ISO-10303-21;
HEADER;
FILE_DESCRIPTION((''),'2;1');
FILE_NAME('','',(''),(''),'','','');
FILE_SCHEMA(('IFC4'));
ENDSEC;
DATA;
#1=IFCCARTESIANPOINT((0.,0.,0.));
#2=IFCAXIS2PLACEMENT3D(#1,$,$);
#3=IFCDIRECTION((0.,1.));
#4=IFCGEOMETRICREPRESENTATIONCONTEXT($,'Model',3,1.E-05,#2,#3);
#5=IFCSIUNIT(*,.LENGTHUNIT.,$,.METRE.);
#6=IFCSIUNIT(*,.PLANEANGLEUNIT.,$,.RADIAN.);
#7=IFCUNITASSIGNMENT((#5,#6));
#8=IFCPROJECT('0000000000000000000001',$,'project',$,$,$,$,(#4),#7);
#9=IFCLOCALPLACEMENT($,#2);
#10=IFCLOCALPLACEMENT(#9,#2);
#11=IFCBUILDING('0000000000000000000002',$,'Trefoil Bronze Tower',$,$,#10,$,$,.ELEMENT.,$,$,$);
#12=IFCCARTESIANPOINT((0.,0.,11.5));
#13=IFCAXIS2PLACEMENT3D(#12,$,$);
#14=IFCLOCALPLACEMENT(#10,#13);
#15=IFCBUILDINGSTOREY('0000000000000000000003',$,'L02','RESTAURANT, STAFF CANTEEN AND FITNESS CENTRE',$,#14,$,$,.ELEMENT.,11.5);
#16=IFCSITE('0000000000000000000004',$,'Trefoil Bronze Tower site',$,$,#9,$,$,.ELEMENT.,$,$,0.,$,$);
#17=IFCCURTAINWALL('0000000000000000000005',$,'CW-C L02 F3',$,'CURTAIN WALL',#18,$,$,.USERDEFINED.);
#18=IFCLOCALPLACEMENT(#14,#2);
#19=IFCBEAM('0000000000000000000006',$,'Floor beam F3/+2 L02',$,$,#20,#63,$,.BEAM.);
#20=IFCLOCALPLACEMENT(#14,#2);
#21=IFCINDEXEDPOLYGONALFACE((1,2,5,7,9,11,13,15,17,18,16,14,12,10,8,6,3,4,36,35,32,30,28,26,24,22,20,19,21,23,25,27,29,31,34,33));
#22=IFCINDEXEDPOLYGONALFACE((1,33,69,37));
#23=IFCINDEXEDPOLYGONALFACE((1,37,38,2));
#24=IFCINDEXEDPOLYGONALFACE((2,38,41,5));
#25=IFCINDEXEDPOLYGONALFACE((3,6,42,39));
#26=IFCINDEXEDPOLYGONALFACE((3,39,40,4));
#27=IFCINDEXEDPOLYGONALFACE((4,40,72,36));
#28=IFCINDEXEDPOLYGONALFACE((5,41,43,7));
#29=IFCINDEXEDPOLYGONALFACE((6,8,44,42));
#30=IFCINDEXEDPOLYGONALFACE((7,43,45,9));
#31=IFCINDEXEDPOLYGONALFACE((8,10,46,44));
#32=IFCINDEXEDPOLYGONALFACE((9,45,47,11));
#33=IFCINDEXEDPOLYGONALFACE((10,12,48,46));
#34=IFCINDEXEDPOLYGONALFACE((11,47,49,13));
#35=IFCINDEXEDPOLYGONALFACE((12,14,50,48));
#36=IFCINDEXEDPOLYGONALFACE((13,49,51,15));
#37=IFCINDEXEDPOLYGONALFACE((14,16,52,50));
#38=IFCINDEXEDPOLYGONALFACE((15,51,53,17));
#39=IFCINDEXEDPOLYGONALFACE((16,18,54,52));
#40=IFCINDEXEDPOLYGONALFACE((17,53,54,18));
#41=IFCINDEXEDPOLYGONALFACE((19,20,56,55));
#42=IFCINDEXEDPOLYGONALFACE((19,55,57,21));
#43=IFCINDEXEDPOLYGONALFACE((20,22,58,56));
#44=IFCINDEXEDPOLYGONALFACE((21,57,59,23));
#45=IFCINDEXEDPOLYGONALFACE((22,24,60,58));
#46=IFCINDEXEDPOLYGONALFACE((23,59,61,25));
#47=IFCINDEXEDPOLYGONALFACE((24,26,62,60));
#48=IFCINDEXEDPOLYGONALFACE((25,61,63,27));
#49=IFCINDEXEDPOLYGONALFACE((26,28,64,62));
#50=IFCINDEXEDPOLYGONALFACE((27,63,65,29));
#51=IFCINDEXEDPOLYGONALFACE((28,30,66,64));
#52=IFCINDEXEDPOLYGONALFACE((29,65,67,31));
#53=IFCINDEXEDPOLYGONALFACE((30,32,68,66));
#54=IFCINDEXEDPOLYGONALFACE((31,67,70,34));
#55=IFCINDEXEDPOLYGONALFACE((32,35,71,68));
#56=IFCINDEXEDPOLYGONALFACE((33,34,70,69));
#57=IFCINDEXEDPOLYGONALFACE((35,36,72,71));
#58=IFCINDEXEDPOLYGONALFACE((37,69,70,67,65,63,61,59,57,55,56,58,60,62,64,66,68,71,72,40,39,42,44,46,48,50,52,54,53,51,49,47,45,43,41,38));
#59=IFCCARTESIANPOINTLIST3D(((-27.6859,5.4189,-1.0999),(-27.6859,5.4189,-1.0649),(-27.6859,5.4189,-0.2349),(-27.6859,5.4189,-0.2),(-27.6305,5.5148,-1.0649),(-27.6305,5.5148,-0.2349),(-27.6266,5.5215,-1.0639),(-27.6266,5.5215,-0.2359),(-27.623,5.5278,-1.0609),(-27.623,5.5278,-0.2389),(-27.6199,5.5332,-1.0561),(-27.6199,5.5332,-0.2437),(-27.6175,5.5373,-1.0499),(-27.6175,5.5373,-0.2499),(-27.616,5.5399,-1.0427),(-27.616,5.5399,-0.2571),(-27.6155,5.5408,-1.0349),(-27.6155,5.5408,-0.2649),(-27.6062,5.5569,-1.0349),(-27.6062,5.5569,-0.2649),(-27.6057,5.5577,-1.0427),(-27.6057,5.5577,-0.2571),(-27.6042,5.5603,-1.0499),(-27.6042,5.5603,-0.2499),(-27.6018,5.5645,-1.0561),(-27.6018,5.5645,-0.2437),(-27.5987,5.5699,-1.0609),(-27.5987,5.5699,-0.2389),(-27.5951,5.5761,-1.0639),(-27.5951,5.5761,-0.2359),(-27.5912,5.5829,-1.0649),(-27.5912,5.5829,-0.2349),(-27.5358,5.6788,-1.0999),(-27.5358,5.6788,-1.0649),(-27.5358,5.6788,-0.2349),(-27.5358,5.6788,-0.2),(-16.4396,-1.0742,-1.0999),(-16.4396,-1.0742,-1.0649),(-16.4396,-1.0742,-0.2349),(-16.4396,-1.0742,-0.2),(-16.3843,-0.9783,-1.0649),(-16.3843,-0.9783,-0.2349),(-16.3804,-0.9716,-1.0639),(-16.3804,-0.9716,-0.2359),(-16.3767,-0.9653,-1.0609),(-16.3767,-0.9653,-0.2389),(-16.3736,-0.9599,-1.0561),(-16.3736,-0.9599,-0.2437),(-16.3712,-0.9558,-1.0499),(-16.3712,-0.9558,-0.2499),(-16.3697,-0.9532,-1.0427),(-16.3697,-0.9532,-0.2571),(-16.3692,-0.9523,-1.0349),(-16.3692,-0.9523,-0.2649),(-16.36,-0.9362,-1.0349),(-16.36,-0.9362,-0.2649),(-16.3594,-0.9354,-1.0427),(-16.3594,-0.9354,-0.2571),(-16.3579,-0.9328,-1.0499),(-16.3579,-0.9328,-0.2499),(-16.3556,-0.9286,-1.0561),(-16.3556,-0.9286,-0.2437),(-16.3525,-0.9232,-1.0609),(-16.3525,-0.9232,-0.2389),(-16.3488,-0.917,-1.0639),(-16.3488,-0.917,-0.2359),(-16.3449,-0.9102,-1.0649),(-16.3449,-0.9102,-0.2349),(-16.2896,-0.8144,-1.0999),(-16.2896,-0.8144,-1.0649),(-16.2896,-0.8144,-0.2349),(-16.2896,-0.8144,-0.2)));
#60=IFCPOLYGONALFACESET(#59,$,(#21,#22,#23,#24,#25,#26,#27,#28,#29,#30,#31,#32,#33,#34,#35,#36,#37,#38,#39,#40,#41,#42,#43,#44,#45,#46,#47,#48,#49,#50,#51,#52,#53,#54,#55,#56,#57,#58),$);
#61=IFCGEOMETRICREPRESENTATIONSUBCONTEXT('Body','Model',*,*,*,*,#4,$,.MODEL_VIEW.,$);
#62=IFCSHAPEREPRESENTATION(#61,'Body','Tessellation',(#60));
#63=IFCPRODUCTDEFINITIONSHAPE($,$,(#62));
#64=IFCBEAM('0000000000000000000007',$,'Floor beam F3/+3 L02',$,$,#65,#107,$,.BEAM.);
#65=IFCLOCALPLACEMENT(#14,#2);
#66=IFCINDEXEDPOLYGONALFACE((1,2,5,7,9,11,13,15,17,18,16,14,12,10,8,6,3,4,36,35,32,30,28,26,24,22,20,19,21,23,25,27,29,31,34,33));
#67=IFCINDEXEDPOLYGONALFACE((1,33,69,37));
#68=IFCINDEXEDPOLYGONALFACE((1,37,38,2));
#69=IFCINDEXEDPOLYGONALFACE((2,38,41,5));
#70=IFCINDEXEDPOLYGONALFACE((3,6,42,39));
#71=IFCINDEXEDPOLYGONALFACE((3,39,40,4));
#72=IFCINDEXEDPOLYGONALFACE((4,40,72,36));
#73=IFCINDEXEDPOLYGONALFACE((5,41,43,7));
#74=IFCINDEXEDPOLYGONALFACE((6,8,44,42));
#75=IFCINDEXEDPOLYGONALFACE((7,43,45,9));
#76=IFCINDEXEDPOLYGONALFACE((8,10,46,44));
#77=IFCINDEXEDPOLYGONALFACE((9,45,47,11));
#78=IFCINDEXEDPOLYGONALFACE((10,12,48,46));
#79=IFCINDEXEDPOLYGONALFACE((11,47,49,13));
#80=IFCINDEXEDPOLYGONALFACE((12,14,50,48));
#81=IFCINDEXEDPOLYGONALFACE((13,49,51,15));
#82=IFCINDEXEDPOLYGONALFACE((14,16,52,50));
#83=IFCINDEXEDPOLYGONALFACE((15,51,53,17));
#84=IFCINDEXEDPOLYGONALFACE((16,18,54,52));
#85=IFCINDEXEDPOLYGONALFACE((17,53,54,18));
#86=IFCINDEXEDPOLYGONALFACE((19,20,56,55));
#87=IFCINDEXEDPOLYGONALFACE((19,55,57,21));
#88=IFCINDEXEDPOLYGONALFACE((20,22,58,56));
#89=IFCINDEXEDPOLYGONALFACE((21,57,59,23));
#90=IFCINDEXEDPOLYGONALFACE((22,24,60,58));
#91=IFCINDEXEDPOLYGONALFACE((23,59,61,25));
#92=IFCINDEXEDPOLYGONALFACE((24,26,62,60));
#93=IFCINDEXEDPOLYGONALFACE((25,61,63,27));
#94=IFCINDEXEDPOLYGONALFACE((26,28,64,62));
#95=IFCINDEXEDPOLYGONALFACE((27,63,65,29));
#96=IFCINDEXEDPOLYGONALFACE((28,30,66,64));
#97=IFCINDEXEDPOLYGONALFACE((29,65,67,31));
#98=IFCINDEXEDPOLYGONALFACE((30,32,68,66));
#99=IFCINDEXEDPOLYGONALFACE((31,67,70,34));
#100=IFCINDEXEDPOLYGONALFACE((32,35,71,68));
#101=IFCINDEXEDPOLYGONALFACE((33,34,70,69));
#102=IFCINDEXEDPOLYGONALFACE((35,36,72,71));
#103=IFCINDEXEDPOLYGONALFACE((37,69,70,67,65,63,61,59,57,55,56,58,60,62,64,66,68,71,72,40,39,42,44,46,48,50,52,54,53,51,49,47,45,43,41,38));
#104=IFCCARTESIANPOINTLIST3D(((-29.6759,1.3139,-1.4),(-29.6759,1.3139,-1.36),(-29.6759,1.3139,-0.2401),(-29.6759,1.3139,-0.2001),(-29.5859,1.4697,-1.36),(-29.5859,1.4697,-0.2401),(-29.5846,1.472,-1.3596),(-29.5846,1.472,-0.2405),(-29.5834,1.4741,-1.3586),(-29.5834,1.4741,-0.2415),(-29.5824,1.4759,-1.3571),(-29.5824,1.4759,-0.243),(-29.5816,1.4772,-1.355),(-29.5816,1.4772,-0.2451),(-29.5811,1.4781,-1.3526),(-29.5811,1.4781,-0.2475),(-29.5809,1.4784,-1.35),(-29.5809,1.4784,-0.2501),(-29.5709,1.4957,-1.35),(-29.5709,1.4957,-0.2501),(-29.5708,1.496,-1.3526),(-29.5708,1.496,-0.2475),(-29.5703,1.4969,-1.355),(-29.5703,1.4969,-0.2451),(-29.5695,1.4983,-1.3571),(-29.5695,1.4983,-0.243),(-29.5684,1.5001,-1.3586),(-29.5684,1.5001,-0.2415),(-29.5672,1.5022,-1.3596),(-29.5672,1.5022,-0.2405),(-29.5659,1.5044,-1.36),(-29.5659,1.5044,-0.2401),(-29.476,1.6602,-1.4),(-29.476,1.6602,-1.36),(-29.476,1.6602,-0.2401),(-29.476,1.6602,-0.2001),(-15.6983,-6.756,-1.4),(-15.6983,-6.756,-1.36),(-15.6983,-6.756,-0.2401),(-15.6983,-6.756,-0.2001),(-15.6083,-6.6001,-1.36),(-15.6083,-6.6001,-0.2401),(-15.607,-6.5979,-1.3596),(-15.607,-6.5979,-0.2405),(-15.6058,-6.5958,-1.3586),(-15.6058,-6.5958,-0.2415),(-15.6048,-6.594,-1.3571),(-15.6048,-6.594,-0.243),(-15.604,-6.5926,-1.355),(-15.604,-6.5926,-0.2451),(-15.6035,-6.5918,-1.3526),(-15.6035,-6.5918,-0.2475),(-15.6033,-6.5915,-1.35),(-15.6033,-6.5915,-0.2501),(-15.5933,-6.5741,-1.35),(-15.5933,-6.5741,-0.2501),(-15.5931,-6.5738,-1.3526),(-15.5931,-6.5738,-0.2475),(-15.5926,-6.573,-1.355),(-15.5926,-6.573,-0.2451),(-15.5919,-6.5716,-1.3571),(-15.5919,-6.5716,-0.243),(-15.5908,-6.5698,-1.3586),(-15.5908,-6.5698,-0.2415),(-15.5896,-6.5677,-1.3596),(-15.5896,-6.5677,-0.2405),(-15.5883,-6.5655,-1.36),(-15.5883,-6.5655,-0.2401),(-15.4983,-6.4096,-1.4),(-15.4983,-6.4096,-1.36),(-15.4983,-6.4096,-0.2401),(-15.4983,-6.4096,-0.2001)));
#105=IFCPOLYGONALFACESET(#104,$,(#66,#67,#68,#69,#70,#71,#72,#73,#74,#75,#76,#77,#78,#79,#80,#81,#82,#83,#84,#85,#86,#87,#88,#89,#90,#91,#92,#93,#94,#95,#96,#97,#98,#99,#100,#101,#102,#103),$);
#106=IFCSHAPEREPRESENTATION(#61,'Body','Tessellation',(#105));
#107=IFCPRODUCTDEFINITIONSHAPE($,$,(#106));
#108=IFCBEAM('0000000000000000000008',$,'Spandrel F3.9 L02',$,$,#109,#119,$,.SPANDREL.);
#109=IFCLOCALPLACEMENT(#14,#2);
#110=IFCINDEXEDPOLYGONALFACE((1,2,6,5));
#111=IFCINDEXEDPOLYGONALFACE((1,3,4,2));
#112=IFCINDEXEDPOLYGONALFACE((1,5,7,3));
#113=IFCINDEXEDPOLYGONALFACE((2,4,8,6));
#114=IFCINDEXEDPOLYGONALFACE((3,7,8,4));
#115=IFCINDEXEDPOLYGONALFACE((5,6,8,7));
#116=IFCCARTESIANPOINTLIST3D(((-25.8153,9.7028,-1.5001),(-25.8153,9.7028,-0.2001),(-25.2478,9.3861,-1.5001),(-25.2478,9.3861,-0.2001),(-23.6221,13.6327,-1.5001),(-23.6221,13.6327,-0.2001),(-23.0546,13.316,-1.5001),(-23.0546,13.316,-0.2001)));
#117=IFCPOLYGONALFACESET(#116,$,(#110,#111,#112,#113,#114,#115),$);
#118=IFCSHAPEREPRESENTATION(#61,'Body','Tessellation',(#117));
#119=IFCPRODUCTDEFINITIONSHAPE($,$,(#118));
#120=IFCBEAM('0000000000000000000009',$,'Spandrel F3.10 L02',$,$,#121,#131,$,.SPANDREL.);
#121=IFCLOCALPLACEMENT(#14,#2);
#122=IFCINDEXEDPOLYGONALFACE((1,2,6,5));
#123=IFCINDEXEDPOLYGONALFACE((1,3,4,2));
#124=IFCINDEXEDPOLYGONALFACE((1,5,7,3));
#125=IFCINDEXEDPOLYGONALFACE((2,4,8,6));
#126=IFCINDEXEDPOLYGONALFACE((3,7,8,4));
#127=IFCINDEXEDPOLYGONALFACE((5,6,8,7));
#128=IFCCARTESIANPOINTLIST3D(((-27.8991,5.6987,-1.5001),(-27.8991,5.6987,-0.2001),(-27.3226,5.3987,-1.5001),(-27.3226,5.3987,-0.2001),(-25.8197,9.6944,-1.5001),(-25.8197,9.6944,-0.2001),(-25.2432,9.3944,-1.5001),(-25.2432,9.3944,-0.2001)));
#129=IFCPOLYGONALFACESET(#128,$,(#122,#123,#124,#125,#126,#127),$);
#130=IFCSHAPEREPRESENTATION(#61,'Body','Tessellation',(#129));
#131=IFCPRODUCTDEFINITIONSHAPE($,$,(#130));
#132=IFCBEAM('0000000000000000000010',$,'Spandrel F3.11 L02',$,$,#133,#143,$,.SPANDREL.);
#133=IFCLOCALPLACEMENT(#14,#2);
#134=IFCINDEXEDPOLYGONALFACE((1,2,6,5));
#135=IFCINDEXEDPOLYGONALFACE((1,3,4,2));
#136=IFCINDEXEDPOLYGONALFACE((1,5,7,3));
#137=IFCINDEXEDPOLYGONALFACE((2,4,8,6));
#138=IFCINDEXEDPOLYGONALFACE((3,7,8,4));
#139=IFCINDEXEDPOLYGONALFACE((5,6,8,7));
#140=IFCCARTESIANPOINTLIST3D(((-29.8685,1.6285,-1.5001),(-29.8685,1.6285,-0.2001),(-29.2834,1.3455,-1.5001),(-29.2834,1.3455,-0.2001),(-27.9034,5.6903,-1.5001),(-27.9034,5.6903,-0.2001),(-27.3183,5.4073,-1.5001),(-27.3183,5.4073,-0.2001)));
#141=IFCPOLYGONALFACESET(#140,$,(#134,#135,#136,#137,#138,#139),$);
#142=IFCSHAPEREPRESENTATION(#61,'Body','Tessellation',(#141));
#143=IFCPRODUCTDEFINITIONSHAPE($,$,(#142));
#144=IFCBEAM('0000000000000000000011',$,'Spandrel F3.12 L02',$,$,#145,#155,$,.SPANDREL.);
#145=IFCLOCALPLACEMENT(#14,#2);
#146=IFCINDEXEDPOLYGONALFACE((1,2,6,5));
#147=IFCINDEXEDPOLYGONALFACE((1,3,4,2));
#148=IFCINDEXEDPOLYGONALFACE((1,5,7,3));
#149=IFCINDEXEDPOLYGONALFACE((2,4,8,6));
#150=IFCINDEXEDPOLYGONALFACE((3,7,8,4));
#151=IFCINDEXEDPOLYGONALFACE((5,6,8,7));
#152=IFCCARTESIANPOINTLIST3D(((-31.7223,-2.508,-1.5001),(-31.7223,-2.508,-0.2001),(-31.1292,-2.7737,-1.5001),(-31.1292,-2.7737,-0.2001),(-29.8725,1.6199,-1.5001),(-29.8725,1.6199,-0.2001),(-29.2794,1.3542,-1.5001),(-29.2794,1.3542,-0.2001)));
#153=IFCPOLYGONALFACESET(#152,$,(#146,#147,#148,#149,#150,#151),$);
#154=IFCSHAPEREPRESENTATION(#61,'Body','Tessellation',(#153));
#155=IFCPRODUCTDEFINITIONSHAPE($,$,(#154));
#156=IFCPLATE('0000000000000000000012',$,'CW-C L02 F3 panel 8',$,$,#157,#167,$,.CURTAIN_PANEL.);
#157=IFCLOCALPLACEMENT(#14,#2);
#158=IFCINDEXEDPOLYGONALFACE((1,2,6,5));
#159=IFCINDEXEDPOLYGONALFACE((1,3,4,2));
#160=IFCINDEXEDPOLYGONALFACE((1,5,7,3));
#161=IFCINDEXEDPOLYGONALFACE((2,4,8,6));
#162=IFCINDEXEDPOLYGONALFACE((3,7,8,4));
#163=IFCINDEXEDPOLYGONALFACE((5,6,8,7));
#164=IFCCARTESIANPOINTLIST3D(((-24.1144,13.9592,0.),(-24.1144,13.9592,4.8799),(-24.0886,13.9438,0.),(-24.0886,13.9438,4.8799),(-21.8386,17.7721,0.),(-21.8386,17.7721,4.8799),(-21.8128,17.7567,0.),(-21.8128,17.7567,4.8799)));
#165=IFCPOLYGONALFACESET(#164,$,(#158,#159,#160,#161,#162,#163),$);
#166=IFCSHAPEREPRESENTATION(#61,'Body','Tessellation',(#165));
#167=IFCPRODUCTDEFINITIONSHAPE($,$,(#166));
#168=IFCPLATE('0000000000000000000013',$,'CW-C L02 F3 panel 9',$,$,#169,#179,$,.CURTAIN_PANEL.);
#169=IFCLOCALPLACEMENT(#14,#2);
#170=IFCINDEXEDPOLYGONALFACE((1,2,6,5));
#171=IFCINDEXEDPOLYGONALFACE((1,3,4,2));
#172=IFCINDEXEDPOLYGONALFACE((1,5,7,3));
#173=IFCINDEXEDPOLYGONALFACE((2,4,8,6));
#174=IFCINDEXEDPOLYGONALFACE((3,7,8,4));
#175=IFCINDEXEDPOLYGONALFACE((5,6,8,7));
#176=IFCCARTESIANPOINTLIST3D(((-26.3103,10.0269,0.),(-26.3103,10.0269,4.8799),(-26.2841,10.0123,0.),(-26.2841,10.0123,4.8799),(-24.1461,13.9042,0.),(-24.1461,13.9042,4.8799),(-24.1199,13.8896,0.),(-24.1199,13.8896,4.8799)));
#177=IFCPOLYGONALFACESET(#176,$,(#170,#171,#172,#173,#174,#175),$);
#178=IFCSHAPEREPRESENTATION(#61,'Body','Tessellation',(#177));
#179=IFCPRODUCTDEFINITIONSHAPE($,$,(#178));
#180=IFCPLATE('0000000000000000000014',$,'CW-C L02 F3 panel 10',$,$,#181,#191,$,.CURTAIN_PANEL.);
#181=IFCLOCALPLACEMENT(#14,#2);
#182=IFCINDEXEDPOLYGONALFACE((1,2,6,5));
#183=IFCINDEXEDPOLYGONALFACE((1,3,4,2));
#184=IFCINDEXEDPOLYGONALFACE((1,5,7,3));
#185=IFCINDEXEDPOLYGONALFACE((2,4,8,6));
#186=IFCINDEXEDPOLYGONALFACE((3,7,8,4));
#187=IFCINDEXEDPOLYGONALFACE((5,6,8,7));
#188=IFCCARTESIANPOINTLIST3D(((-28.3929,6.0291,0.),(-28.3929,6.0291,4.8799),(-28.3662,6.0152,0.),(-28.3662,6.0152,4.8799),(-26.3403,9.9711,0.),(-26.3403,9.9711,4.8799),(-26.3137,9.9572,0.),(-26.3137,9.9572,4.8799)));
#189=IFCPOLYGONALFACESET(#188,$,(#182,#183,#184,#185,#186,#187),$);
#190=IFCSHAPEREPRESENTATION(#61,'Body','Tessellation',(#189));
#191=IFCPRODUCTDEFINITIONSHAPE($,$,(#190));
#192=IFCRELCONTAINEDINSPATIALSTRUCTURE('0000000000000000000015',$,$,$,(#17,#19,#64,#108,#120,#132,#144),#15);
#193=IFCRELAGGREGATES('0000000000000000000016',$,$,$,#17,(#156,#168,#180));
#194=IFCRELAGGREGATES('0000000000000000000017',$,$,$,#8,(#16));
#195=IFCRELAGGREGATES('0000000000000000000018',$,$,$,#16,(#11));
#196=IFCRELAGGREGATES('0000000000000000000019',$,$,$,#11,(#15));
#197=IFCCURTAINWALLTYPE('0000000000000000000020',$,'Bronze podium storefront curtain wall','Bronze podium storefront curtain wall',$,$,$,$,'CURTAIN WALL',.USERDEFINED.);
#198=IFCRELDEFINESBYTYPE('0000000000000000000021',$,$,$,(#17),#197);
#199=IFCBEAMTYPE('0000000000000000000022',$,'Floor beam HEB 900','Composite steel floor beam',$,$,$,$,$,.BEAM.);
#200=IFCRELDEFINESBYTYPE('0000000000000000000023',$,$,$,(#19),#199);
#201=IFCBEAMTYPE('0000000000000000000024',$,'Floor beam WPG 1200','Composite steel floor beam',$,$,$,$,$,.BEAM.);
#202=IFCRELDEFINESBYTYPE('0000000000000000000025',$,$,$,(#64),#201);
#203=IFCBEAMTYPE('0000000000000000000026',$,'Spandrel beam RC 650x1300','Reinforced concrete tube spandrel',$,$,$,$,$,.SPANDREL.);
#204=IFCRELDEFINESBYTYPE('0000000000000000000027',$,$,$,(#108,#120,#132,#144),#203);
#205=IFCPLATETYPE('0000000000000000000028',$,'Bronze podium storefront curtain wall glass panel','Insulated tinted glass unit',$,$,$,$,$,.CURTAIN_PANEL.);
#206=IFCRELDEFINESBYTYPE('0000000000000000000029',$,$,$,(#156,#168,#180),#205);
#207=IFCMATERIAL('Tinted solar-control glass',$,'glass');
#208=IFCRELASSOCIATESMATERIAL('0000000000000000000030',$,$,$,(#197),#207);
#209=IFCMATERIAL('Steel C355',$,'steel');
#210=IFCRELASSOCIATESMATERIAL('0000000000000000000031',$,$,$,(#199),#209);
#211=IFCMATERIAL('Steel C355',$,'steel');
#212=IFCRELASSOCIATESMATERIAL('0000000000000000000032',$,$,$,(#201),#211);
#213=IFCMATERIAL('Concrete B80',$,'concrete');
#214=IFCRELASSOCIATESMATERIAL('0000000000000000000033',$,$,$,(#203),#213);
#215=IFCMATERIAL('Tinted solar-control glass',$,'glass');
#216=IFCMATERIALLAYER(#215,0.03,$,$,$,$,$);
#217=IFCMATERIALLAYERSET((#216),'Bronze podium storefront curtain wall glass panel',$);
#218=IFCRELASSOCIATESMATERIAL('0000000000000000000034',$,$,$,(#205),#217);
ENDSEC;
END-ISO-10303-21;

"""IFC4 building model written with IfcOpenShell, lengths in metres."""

from ifc_helpers import new_model, si_unit, direction, frame, origin, origin_2d, place, context, subcontext, project, spatial, rectangle, i_section, extrude, material, layer, layer_set, material_profile, profile_set, type_object, element, aggregate, save


model = new_model("IFC4")

# Units and contexts
model_context = context("Model", 3, precision=1e-05, world=origin(), true_north=direction((0.0, 1.0)))
body_context = subcontext(model_context, "Body", "Model", "MODEL_VIEW")
ifc_project = project(units=[si_unit("LENGTHUNIT", "METRE"), si_unit("PLANEANGLEUNIT", "RADIAN")], contexts=[model_context])

# Site, building, storey
site_placement = place(None, origin())
site = spatial("IfcSite", under=ifc_project, at=site_placement, Name="Trefoil Bronze Tower site", CompositionType="ELEMENT", RefElevation=0.0)
building_placement = place(site_placement, origin())
building = spatial("IfcBuilding", under=site, at=building_placement, Name="Trefoil Bronze Tower", CompositionType="ELEMENT")
storey_placement = place(building_placement, frame((0.0, 0.0, 11.5)))
storey = spatial("IfcBuildingStorey", under=building, at=storey_placement, Name="L02", Description="RESTAURANT, STAFF CANTEEN AND FITNESS CENTRE", CompositionType="ELEMENT", Elevation=11.5)

# Curtain wall
ifc_material_1 = material(Name="Tinted solar-control glass", Category="glass")
curtain_wall_type = type_object("IfcCurtainWallType", Name="Bronze podium storefront curtain wall", Description="Bronze podium storefront curtain wall", ElementType="CURTAIN WALL", PredefinedType="USERDEFINED", material=ifc_material_1)
curtain_wall_placement = place(storey_placement, origin())
curtain_wall = element("IfcCurtainWall", 1, at=curtain_wall_placement, inside=storey, type_object=curtain_wall_type, Name="CW-C L02 F3", ObjectType="CURTAIN WALL", PredefinedType="USERDEFINED")

# Beams
ifc_material_2 = material(Name="Steel C355", Category="steel")
ifc_material_profile_1 = material_profile(ifc_material_2, i_section(OverallWidth=0.3, OverallDepth=0.8999, WebThickness=0.0186, FlangeThickness=0.0349, FilletRadius=0.03, at=origin_2d()), Name="HEB 900")
ifc_profile_set_1 = profile_set([ifc_material_profile_1], Name="Steel C355")
beam_type_1 = type_object("IfcBeamType", Name="Floor beam HEB 900", Description="Composite steel floor beam", PredefinedType="BEAM", material=ifc_profile_set_1)
beam_1_placement = place(storey_placement, frame((-27.6108, 5.5488, -0.6499), z_axis=(0.866022, -0.500005, 0.0), x_axis=(0.500005, 0.866022, 0.0)))
element("IfcBeam", 2, at=beam_1_placement, inside=storey, type_object=beam_type_1, Name="Floor beam F3/+2 L02", PredefinedType="BEAM", context=body_context, shape_type="SweptSolid", body=[
    extrude(i_section(OverallWidth=0.3, OverallDepth=0.8999, WebThickness=0.0186, FlangeThickness=0.0349, FilletRadius=0.03, at=origin_2d()), origin(), (0.0, 0.0, 1.0), 12.9861),
])
ifc_material_3 = material(Name="Steel C355", Category="steel")
ifc_material_profile_2 = material_profile(ifc_material_3, i_section(OverallWidth=0.3999, OverallDepth=1.2, WebThickness=0.02, FlangeThickness=0.04, FilletRadius=0.01, at=origin_2d()), Name="WPG 1200")
ifc_profile_set_2 = profile_set([ifc_material_profile_2], Name="Steel C355")
beam_type_2 = type_object("IfcBeamType", Name="Floor beam WPG 1200", Description="Composite steel floor beam", PredefinedType="BEAM", material=ifc_profile_set_2)
beam_2_placement = place(storey_placement, frame((-29.5759, 1.4871, -0.8), z_axis=(0.866028, -0.499995, 0.0), x_axis=(0.499995, 0.866028, 0.0)))
element("IfcBeam", 3, at=beam_2_placement, inside=storey, type_object=beam_type_2, Name="Floor beam F3/+3 L02", PredefinedType="BEAM", context=body_context, shape_type="SweptSolid", body=[
    extrude(i_section(OverallWidth=0.3999, OverallDepth=1.2, WebThickness=0.02, FlangeThickness=0.04, FilletRadius=0.01, at=origin_2d()), origin(), (0.0, 0.0, 1.0), 16.1399),
])
ifc_material_4 = material(Name="Concrete B80", Category="concrete")
ifc_material_profile_3 = material_profile(ifc_material_4, rectangle(XDim=0.6499, YDim=1.3, at=origin_2d()), Name="RC 650x1300")
ifc_profile_set_3 = profile_set([ifc_material_profile_3], Name="Concrete B80")
beam_type_3 = type_object("IfcBeamType", Name="Spandrel beam RC 650x1300", Description="Reinforced concrete tube spandrel", PredefinedType="SPANDREL", material=ifc_profile_set_3)
beam_3_placement = place(storey_placement, frame((-23.3384, 13.4744, -0.8501), z_axis=(-0.487309, -0.873229, 0.0), x_axis=(0.873229, -0.487309, 0.0)))
element("IfcBeam", 4, at=beam_3_placement, inside=storey, type_object=beam_type_3, Name="Spandrel F3.9 L02", PredefinedType="SPANDREL", context=body_context, shape_type="SweptSolid", body=[
    extrude(rectangle(XDim=0.6499, YDim=1.3, at=origin_2d()), origin(), (0.0, 0.0, 1.0), 4.5005),
])
beam_4_placement = place(storey_placement, frame((-25.5315, 9.5444, -0.8501), z_axis=(-0.461638, -0.887069, 0.0), x_axis=(0.887069, -0.461638, 0.0)))
element("IfcBeam", 5, at=beam_4_placement, inside=storey, type_object=beam_type_3, Name="Spandrel F3.10 L02", PredefinedType="SPANDREL", context=body_context, shape_type="SweptSolid", body=[
    extrude(rectangle(XDim=0.6499, YDim=1.3, at=origin_2d()), origin(), (0.0, 0.0, 1.0), 4.5044),
])
beam_5_placement = place(storey_placement, frame((-27.6108, 5.5488, -0.8501), z_axis=(-0.43551, -0.900184, 0.0), x_axis=(0.900184, -0.43551, 0.0)))
element("IfcBeam", 6, at=beam_5_placement, inside=storey, type_object=beam_type_3, Name="Spandrel F3.11 L02", PredefinedType="SPANDREL", context=body_context, shape_type="SweptSolid", body=[
    extrude(rectangle(XDim=0.6499, YDim=1.3, at=origin_2d()), origin(), (0.0, 0.0, 1.0), 4.5122),
])
beam_6_placement = place(storey_placement, frame((-29.5759, 1.4871, -0.8501), z_axis=(-0.408946, -0.912559, 0.0), x_axis=(0.912559, -0.408946, 0.0)))
element("IfcBeam", 7, at=beam_6_placement, inside=storey, type_object=beam_type_3, Name="Spandrel F3.12 L02", PredefinedType="SPANDREL", context=body_context, shape_type="SweptSolid", body=[
    extrude(rectangle(XDim=0.6499, YDim=1.3, at=origin_2d()), origin(), (0.0, 0.0, 1.0), 4.5234),
])

# Plates
ifc_material_5 = material(Name="Tinted solar-control glass", Category="glass")
ifc_layer_1 = layer(ifc_material_5, 0.03)
ifc_layer_set_1 = layer_set([ifc_layer_1], Name="Bronze podium storefront curtain wall glass panel")
plate_type = type_object("IfcPlateType", Name="Bronze podium storefront curtain wall glass panel", Description="Insulated tinted glass unit", PredefinedType="CURTAIN_PANEL", material=ifc_layer_set_1)
plate_1_placement = place(storey_placement, frame((-22.9636, 15.8579, 0.0), z_axis=(0.0, 0.0, 1.0), x_axis=(-0.512513, -0.85868, 0.0)))
plate_1 = element("IfcPlate", 8, at=plate_1_placement, type_object=plate_type, Name="CW-C L02 F3 panel 8", PredefinedType="CURTAIN_PANEL", context=body_context, shape_type="SweptSolid", body=[
    extrude(rectangle(XDim=4.4404, YDim=0.03, at=origin_2d()), origin(), (0.0, 0.0, 1.0), 4.8799),
])
plate_2_placement = place(storey_placement, frame((-25.2151, 11.9583, 0.0), z_axis=(0.0, 0.0, 1.0), x_axis=(-0.487382, -0.873189, 0.0)))
plate_2 = element("IfcPlate", 9, at=plate_2_placement, type_object=plate_type, Name="CW-C L02 F3 panel 9", PredefinedType="CURTAIN_PANEL", context=body_context, shape_type="SweptSolid", body=[
    extrude(rectangle(XDim=4.4404, YDim=0.03, at=origin_2d()), origin(), (0.0, 0.0, 1.0), 4.8799),
])
plate_3_placement = place(storey_placement, frame((-27.3533, 7.9932, 0.0), z_axis=(0.0, 0.0, 1.0), x_axis=(-0.46183, -0.886969, 0.0)))
plate_3 = element("IfcPlate", 10, at=plate_3_placement, type_object=plate_type, Name="CW-C L02 F3 panel 10", PredefinedType="CURTAIN_PANEL", context=body_context, shape_type="SweptSolid", body=[
    extrude(rectangle(XDim=4.4443, YDim=0.03, at=origin_2d()), origin(), (0.0, 0.0, 1.0), 4.8799),
])
aggregate(curtain_wall, [plate_1, plate_2, plate_3])

save(model, "model.ifc")
